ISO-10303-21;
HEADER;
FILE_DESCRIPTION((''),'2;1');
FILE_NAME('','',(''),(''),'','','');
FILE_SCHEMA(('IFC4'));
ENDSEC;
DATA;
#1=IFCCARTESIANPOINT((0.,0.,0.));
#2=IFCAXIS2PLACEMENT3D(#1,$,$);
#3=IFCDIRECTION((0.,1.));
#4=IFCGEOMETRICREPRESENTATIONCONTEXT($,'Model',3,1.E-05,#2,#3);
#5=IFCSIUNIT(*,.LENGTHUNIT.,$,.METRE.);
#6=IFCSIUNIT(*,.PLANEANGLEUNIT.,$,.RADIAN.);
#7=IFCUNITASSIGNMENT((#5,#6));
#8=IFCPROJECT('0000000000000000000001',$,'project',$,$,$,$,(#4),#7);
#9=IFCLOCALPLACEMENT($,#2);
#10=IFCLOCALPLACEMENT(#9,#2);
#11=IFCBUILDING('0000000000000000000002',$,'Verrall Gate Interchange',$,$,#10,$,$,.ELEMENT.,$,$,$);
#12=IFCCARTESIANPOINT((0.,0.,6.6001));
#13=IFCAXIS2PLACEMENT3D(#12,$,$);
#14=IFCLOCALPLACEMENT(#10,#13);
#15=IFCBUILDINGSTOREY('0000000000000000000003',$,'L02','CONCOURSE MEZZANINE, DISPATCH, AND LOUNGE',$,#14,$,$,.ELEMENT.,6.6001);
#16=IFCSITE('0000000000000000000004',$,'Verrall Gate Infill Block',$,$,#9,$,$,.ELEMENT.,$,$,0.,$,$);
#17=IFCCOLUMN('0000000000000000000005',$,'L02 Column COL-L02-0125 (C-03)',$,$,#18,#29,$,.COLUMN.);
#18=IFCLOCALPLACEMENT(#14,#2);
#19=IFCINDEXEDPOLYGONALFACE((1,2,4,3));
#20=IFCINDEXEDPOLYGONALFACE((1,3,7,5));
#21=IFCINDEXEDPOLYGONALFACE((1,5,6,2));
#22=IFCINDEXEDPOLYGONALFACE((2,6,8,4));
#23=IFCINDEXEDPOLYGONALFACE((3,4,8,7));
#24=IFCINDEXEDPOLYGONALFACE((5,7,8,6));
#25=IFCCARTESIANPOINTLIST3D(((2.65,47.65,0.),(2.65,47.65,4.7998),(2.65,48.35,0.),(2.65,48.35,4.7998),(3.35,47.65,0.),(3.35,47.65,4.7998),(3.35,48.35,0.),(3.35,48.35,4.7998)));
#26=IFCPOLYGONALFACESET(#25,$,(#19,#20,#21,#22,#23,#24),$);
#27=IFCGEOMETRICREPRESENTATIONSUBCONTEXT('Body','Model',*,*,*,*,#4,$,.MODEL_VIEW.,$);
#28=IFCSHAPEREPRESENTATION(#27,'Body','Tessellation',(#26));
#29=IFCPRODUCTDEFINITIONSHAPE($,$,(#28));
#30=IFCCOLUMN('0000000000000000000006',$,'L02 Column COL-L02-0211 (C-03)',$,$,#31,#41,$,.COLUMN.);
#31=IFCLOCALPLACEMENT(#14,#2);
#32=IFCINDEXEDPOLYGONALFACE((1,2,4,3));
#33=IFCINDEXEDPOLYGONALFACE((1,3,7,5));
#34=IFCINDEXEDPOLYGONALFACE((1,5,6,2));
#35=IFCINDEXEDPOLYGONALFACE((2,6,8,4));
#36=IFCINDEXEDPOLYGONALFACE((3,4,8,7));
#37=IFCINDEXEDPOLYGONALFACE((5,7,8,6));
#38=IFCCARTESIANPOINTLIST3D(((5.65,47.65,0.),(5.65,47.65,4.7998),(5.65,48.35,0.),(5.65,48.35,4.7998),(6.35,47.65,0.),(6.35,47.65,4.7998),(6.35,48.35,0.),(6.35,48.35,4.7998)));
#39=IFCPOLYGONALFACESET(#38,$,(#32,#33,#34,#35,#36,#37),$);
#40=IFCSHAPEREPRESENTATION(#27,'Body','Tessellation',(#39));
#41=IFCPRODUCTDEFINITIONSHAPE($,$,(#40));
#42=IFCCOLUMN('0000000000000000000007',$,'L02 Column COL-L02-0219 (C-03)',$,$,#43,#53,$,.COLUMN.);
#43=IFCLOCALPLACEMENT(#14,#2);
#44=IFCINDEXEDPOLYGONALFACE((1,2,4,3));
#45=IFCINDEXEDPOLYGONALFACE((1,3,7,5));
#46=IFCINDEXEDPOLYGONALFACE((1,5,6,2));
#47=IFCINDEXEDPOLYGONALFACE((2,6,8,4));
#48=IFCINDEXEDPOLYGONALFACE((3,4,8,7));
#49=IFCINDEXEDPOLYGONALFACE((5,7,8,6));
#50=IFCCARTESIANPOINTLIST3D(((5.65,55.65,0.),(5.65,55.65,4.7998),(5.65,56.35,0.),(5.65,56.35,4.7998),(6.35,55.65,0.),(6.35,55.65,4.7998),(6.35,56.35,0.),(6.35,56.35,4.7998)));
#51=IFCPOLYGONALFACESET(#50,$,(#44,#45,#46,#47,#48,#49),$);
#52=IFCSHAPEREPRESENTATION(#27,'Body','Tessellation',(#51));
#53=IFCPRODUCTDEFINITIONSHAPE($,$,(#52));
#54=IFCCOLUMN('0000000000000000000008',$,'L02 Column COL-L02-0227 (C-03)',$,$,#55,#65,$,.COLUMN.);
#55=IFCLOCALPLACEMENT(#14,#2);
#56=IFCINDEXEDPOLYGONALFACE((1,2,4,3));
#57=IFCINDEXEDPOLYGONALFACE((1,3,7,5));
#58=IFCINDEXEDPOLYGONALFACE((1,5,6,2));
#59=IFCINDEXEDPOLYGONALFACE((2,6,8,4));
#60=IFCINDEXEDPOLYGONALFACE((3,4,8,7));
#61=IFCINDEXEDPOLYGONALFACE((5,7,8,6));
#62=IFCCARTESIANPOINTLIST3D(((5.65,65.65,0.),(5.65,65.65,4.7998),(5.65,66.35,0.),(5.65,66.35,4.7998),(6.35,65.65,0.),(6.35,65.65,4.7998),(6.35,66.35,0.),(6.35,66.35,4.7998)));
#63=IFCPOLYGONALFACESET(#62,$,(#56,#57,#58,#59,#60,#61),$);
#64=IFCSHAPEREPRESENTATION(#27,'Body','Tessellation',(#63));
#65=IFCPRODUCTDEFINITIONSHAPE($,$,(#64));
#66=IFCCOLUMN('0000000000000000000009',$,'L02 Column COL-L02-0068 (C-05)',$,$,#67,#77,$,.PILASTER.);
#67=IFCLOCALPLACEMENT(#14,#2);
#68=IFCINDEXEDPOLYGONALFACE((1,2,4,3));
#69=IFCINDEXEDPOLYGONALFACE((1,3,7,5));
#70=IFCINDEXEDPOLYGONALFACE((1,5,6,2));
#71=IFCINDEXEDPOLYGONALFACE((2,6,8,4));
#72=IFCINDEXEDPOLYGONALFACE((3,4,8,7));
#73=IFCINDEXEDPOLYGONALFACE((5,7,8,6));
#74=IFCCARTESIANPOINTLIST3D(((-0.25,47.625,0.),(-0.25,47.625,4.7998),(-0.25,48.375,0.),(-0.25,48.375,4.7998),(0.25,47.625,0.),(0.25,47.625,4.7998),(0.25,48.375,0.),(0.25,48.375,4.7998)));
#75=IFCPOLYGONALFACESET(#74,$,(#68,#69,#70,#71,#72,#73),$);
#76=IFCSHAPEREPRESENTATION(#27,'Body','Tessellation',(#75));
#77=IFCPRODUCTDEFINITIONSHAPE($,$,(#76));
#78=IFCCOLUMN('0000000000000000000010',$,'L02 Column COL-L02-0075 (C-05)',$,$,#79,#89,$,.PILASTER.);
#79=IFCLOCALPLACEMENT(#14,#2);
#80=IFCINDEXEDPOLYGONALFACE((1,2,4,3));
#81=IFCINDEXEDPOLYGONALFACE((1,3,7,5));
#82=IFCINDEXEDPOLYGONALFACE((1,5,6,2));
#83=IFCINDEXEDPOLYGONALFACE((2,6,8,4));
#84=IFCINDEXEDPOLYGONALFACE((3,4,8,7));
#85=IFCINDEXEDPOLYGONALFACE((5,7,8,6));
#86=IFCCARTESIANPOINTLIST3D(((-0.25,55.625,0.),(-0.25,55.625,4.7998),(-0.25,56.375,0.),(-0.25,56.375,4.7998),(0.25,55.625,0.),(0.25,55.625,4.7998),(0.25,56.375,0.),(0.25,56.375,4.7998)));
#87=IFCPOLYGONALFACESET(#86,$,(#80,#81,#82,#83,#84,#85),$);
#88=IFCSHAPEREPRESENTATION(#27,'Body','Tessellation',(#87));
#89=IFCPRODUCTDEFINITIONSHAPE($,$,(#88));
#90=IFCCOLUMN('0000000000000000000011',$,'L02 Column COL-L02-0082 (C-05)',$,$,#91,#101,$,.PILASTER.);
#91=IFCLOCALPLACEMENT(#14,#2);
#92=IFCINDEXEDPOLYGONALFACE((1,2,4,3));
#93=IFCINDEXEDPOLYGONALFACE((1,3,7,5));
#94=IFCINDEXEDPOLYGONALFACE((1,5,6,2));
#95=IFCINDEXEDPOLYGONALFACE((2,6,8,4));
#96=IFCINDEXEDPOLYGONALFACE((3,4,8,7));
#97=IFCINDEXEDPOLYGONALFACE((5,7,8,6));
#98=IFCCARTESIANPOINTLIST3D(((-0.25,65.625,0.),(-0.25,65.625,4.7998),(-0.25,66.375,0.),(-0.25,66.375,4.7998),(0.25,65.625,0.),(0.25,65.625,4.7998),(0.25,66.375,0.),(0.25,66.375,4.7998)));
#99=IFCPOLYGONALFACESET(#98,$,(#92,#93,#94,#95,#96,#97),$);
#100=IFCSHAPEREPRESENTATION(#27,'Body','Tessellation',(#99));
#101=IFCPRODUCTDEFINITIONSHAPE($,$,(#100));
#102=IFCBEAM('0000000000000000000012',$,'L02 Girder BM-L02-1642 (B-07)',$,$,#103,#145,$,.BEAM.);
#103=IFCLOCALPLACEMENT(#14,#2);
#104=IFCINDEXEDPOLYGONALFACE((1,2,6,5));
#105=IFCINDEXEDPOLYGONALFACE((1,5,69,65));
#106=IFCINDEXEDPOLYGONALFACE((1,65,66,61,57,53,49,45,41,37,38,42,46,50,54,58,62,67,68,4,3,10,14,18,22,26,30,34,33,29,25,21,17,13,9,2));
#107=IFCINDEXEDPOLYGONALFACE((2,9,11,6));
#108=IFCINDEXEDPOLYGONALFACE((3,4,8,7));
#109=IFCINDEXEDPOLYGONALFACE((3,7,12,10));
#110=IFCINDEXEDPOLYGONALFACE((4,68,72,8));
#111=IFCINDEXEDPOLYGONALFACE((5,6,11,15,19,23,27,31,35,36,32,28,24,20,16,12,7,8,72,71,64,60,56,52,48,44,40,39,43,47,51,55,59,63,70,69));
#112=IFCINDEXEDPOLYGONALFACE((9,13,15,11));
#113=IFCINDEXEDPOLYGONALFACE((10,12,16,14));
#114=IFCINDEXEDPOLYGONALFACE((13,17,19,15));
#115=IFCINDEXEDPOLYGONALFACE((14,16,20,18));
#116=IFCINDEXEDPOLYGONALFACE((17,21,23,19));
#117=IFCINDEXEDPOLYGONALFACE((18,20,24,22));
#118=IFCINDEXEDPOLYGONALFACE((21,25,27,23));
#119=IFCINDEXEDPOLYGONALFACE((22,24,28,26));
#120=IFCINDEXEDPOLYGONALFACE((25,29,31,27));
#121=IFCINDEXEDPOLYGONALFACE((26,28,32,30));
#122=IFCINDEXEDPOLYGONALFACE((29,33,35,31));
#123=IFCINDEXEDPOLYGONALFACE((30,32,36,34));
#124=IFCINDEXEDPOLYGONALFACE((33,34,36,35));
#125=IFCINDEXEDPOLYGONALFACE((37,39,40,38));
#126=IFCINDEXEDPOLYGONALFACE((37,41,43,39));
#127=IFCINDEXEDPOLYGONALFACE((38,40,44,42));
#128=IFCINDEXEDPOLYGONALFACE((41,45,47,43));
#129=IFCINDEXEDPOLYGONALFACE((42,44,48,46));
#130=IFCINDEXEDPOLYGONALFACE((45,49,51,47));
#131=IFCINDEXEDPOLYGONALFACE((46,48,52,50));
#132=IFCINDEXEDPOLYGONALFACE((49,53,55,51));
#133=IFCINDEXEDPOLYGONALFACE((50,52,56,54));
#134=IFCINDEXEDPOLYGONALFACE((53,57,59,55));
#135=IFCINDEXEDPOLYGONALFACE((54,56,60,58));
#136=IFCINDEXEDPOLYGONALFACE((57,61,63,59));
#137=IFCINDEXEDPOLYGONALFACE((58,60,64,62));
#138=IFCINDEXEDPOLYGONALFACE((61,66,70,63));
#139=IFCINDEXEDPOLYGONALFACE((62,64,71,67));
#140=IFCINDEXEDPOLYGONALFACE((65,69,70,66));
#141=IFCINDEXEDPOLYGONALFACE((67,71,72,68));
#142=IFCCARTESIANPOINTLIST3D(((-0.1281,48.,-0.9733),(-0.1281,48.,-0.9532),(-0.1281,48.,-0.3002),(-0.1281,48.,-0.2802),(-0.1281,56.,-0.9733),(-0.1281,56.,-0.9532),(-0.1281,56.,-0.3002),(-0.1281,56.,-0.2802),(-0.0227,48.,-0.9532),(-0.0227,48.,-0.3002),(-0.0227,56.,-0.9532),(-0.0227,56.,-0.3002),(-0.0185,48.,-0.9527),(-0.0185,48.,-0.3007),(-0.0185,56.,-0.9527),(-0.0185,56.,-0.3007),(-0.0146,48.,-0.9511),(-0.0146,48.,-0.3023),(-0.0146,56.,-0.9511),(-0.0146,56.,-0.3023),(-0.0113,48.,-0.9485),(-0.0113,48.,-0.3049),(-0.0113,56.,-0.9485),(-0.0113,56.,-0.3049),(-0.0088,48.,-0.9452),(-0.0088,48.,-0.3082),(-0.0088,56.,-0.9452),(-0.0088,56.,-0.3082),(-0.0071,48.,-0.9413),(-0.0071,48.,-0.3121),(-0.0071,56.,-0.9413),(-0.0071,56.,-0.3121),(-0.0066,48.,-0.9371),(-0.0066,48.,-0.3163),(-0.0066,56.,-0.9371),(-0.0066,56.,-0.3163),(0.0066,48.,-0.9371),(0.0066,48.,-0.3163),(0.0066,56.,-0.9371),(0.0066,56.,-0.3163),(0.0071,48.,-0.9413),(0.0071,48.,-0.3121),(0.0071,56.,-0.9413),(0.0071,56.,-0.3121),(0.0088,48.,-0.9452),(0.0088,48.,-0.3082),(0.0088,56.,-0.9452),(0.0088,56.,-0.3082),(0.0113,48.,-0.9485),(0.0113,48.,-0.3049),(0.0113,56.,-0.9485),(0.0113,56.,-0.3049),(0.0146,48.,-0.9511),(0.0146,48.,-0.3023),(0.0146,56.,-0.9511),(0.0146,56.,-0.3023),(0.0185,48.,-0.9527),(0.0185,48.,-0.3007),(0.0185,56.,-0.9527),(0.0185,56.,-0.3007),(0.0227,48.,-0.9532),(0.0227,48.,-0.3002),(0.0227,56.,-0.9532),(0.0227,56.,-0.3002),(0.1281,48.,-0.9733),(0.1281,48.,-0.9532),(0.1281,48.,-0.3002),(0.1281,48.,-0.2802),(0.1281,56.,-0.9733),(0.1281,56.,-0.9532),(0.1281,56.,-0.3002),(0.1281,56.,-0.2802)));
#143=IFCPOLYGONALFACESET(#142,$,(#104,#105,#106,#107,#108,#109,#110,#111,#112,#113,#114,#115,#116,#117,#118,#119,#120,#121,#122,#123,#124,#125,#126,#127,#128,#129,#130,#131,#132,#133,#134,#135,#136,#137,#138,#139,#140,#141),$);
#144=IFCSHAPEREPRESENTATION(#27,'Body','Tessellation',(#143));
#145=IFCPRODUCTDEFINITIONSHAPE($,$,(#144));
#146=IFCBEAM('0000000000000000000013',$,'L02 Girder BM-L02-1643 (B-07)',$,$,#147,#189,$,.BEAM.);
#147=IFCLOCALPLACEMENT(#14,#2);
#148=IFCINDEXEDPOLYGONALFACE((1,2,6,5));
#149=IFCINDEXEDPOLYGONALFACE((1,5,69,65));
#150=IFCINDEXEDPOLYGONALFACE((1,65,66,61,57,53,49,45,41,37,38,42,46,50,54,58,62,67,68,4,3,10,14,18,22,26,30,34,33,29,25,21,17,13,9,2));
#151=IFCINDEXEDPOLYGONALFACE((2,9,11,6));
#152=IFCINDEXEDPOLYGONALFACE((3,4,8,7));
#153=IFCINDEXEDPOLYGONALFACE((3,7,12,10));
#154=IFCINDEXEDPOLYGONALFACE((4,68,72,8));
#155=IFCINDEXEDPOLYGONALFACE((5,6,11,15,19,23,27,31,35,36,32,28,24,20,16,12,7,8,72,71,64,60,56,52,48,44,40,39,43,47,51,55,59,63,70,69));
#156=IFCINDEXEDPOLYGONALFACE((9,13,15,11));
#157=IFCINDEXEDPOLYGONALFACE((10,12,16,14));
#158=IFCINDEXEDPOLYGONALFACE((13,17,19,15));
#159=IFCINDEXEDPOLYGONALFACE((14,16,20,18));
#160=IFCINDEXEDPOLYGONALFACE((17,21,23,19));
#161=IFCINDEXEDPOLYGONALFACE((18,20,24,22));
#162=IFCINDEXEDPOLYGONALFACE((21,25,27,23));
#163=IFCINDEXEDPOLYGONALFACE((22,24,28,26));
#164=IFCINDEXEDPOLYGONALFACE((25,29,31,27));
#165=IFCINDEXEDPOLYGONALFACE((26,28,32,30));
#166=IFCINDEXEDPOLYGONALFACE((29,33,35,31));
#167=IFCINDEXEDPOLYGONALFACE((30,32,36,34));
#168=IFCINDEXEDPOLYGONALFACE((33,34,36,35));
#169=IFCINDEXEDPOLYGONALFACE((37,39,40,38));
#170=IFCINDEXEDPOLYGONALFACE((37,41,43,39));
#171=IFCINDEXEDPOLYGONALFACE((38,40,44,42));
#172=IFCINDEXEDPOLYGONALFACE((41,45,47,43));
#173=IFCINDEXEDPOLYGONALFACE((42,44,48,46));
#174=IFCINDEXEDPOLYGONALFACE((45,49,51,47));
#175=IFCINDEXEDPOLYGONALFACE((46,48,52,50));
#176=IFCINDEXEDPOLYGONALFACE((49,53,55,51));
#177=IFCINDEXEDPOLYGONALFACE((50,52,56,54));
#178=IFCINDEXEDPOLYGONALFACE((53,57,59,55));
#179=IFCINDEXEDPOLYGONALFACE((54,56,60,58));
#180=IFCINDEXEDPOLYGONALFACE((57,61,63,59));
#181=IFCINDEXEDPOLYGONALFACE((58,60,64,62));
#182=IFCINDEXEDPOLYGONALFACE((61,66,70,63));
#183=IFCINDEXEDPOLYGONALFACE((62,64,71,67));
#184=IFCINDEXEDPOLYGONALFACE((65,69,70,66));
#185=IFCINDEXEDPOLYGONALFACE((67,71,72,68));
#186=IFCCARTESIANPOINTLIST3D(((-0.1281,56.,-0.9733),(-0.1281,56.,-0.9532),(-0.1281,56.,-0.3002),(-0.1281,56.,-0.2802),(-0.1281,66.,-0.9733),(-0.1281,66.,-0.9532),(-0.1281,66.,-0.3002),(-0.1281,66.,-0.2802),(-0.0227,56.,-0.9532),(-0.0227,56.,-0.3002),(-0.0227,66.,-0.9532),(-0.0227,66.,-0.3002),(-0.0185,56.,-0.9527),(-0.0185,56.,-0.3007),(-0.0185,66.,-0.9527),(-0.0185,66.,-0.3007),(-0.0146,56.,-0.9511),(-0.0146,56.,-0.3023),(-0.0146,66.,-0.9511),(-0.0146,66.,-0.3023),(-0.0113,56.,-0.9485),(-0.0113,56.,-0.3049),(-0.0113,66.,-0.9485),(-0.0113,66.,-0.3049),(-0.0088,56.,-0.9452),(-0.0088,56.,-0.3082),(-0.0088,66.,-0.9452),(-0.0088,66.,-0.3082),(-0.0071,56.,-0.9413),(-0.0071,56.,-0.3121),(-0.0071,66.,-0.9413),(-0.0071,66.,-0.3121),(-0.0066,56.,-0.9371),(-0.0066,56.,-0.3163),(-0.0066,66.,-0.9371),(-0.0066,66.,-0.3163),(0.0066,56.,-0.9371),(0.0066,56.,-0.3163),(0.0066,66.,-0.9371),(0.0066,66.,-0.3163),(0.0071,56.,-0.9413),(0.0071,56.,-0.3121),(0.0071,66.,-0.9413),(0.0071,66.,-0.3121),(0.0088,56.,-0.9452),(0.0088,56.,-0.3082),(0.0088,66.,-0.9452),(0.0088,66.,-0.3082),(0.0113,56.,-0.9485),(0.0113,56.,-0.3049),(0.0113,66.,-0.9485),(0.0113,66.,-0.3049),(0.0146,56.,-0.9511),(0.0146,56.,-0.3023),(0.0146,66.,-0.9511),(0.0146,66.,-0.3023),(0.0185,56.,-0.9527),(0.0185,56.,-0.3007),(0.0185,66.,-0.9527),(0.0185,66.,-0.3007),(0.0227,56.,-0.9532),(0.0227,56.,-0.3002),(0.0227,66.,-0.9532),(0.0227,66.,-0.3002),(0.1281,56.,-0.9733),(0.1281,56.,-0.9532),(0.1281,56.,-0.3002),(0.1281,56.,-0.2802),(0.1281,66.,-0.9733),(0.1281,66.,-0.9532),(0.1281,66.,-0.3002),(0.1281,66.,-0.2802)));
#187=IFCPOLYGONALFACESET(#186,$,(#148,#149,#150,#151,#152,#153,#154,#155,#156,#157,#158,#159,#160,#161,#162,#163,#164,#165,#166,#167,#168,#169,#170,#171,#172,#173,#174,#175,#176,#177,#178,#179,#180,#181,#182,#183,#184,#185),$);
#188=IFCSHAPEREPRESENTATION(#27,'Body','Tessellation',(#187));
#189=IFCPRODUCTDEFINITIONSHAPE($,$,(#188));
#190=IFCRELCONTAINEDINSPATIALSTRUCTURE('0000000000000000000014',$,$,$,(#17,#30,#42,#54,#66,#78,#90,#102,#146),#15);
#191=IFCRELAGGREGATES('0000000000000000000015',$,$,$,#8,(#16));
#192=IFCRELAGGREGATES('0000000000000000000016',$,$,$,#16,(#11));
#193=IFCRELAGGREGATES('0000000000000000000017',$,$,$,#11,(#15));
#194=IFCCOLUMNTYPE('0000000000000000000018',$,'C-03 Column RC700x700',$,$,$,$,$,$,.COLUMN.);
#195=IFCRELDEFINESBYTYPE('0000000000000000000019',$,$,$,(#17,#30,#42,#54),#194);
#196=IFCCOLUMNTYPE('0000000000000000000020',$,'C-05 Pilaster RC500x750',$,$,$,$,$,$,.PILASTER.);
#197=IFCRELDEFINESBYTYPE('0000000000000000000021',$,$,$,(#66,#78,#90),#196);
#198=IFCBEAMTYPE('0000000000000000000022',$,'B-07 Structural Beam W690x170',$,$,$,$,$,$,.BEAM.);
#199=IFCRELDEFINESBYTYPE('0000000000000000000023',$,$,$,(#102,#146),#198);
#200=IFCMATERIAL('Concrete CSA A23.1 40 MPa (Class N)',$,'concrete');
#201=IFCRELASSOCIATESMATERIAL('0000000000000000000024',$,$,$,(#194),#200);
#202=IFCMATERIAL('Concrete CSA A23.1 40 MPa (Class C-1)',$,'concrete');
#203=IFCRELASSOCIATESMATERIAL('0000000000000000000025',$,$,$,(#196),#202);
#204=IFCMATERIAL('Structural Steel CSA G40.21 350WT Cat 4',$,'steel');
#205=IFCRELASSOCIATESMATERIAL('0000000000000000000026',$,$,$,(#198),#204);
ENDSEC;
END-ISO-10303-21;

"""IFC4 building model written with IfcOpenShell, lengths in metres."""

from ifc_helpers import new_model, si_unit, direction, frame, origin, origin_2d, place, context, subcontext, project, spatial, rectangle, i_section, extrude, material, material_profile, profile_set, type_object, element, save


model = new_model("IFC4")

# Units and contexts
model_context = context("Model", 3, precision=1e-05, world=origin(), true_north=direction((0.0, 1.0)))
body_context = subcontext(model_context, "Body", "Model", "MODEL_VIEW")
ifc_project = project(units=[si_unit("LENGTHUNIT", "METRE"), si_unit("PLANEANGLEUNIT", "RADIAN")], contexts=[model_context])

# Site, building, storey
site_placement = place(None, origin())
site = spatial("IfcSite", under=ifc_project, at=site_placement, Name="Verrall Gate Infill Block", CompositionType="ELEMENT", RefElevation=0.0)
building_placement = place(site_placement, origin())
building = spatial("IfcBuilding", under=site, at=building_placement, Name="Verrall Gate Interchange", CompositionType="ELEMENT")
storey_placement = place(building_placement, frame((0.0, 0.0, 6.6001)))
storey = spatial("IfcBuildingStorey", under=building, at=storey_placement, Name="L02", Description="CONCOURSE MEZZANINE, DISPATCH, AND LOUNGE", CompositionType="ELEMENT", Elevation=6.6001)

# Columns
ifc_material_1 = material(Name="Concrete CSA A23.1 40 MPa (Class N)", Category="concrete")
ifc_material_profile_1 = material_profile(ifc_material_1, rectangle(XDim=0.7, YDim=0.7, at=origin_2d()), Name="RC700x700")
ifc_profile_set_1 = profile_set([ifc_material_profile_1], Name="Concrete CSA A23.1 40 MPa (Class N)")
column_type_1 = type_object("IfcColumnType", Name="C-03 Column RC700x700", PredefinedType="COLUMN", material=ifc_profile_set_1)
for number, where, z_axis, x_axis, name in (
    (1, (3.0, 48.0, 0.0), (0.0, 0.0, 1.0), (1.0, 0.0, 0.0), "L02 Column COL-L02-0125 (C-03)"),
    (2, (6.0, 48.0, 0.0), (0.0, 0.0, 1.0), (1.0, 0.0, 0.0), "L02 Column COL-L02-0211 (C-03)"),
    (3, (6.0, 56.0, 0.0), (0.0, 0.0, 1.0), (1.0, 0.0, 0.0), "L02 Column COL-L02-0219 (C-03)"),
    (4, (6.0, 66.0, 0.0), (0.0, 0.0, 1.0), (1.0, 0.0, 0.0), "L02 Column COL-L02-0227 (C-03)"),
):
    element("IfcColumn", number, at=place(storey_placement, frame(where, z_axis=z_axis, x_axis=x_axis)), inside=storey, type_object=column_type_1, Name=name, PredefinedType="COLUMN", context=body_context, shape_type="SweptSolid", body=[
        extrude(rectangle(XDim=0.7, YDim=0.7, at=origin_2d()), origin(), (0.0, 0.0, 1.0), 4.7998),
    ])
ifc_material_2 = material(Name="Concrete CSA A23.1 40 MPa (Class C-1)", Category="concrete")
ifc_material_profile_2 = material_profile(ifc_material_2, rectangle(XDim=0.5, YDim=0.75, at=origin_2d()), Name="RC500x750")
ifc_profile_set_2 = profile_set([ifc_material_profile_2], Name="Concrete CSA A23.1 40 MPa (Class C-1)")
column_type_2 = type_object("IfcColumnType", Name="C-05 Pilaster RC500x750", PredefinedType="PILASTER", material=ifc_profile_set_2)
for number, where, z_axis, x_axis, name in (
    (5, (0.0, 48.0, 0.0), (0.0, 0.0, 1.0), (1.0, 0.0, 0.0), "L02 Column COL-L02-0068 (C-05)"),
    (6, (0.0, 56.0, 0.0), (0.0, 0.0, 1.0), (1.0, 0.0, 0.0), "L02 Column COL-L02-0075 (C-05)"),
    (7, (0.0, 66.0, 0.0), (0.0, 0.0, 1.0), (1.0, 0.0, 0.0), "L02 Column COL-L02-0082 (C-05)"),
):
    element("IfcColumn", number, at=place(storey_placement, frame(where, z_axis=z_axis, x_axis=x_axis)), inside=storey, type_object=column_type_2, Name=name, PredefinedType="PILASTER", context=body_context, shape_type="SweptSolid", body=[
        extrude(rectangle(XDim=0.5, YDim=0.75, at=origin_2d()), origin(), (0.0, 0.0, 1.0), 4.7998),
    ])

# Beams
ifc_material_3 = material(Name="Structural Steel CSA G40.21 350WT Cat 4", Category="steel")
ifc_material_profile_3 = material_profile(ifc_material_3, i_section(OverallWidth=0.2561, OverallDepth=0.6931, WebThickness=0.0132, FlangeThickness=0.02, FilletRadius=0.0161, at=origin_2d()), Name="W690x170")
ifc_profile_set_3 = profile_set([ifc_material_profile_3], Name="Structural Steel CSA G40.21 350WT Cat 4")
beam_type_1 = type_object("IfcBeamType", Name="B-07 Structural Beam W690x170", PredefinedType="BEAM", material=ifc_profile_set_3)
beam_1_placement = place(storey_placement, frame((0.0, 48.0, -0.6267), z_axis=(0.0, 1.0, 0.0), x_axis=(-1.0, 0.0, 0.0)))
element("IfcBeam", 8, at=beam_1_placement, inside=storey, type_object=beam_type_1, Name="L02 Girder BM-L02-1642 (B-07)", PredefinedType="BEAM", context=body_context, shape_type="SweptSolid", body=[
    extrude(i_section(OverallWidth=0.2561, OverallDepth=0.6931, WebThickness=0.0132, FlangeThickness=0.02, FilletRadius=0.0161, at=origin_2d()), origin(), (0.0, 0.0, 1.0), 8.0),
])
beam_2_placement = place(storey_placement, frame((0.0, 56.0, -0.6267), z_axis=(0.0, 1.0, 0.0), x_axis=(-1.0, 0.0, 0.0)))
element("IfcBeam", 9, at=beam_2_placement, inside=storey, type_object=beam_type_1, Name="L02 Girder BM-L02-1643 (B-07)", PredefinedType="BEAM", context=body_context, shape_type="SweptSolid", body=[
    extrude(i_section(OverallWidth=0.2561, OverallDepth=0.6931, WebThickness=0.0132, FlangeThickness=0.02, FilletRadius=0.0161, at=origin_2d()), origin(), (0.0, 0.0, 1.0), 10.0),
])

save(model, "model.ifc")
